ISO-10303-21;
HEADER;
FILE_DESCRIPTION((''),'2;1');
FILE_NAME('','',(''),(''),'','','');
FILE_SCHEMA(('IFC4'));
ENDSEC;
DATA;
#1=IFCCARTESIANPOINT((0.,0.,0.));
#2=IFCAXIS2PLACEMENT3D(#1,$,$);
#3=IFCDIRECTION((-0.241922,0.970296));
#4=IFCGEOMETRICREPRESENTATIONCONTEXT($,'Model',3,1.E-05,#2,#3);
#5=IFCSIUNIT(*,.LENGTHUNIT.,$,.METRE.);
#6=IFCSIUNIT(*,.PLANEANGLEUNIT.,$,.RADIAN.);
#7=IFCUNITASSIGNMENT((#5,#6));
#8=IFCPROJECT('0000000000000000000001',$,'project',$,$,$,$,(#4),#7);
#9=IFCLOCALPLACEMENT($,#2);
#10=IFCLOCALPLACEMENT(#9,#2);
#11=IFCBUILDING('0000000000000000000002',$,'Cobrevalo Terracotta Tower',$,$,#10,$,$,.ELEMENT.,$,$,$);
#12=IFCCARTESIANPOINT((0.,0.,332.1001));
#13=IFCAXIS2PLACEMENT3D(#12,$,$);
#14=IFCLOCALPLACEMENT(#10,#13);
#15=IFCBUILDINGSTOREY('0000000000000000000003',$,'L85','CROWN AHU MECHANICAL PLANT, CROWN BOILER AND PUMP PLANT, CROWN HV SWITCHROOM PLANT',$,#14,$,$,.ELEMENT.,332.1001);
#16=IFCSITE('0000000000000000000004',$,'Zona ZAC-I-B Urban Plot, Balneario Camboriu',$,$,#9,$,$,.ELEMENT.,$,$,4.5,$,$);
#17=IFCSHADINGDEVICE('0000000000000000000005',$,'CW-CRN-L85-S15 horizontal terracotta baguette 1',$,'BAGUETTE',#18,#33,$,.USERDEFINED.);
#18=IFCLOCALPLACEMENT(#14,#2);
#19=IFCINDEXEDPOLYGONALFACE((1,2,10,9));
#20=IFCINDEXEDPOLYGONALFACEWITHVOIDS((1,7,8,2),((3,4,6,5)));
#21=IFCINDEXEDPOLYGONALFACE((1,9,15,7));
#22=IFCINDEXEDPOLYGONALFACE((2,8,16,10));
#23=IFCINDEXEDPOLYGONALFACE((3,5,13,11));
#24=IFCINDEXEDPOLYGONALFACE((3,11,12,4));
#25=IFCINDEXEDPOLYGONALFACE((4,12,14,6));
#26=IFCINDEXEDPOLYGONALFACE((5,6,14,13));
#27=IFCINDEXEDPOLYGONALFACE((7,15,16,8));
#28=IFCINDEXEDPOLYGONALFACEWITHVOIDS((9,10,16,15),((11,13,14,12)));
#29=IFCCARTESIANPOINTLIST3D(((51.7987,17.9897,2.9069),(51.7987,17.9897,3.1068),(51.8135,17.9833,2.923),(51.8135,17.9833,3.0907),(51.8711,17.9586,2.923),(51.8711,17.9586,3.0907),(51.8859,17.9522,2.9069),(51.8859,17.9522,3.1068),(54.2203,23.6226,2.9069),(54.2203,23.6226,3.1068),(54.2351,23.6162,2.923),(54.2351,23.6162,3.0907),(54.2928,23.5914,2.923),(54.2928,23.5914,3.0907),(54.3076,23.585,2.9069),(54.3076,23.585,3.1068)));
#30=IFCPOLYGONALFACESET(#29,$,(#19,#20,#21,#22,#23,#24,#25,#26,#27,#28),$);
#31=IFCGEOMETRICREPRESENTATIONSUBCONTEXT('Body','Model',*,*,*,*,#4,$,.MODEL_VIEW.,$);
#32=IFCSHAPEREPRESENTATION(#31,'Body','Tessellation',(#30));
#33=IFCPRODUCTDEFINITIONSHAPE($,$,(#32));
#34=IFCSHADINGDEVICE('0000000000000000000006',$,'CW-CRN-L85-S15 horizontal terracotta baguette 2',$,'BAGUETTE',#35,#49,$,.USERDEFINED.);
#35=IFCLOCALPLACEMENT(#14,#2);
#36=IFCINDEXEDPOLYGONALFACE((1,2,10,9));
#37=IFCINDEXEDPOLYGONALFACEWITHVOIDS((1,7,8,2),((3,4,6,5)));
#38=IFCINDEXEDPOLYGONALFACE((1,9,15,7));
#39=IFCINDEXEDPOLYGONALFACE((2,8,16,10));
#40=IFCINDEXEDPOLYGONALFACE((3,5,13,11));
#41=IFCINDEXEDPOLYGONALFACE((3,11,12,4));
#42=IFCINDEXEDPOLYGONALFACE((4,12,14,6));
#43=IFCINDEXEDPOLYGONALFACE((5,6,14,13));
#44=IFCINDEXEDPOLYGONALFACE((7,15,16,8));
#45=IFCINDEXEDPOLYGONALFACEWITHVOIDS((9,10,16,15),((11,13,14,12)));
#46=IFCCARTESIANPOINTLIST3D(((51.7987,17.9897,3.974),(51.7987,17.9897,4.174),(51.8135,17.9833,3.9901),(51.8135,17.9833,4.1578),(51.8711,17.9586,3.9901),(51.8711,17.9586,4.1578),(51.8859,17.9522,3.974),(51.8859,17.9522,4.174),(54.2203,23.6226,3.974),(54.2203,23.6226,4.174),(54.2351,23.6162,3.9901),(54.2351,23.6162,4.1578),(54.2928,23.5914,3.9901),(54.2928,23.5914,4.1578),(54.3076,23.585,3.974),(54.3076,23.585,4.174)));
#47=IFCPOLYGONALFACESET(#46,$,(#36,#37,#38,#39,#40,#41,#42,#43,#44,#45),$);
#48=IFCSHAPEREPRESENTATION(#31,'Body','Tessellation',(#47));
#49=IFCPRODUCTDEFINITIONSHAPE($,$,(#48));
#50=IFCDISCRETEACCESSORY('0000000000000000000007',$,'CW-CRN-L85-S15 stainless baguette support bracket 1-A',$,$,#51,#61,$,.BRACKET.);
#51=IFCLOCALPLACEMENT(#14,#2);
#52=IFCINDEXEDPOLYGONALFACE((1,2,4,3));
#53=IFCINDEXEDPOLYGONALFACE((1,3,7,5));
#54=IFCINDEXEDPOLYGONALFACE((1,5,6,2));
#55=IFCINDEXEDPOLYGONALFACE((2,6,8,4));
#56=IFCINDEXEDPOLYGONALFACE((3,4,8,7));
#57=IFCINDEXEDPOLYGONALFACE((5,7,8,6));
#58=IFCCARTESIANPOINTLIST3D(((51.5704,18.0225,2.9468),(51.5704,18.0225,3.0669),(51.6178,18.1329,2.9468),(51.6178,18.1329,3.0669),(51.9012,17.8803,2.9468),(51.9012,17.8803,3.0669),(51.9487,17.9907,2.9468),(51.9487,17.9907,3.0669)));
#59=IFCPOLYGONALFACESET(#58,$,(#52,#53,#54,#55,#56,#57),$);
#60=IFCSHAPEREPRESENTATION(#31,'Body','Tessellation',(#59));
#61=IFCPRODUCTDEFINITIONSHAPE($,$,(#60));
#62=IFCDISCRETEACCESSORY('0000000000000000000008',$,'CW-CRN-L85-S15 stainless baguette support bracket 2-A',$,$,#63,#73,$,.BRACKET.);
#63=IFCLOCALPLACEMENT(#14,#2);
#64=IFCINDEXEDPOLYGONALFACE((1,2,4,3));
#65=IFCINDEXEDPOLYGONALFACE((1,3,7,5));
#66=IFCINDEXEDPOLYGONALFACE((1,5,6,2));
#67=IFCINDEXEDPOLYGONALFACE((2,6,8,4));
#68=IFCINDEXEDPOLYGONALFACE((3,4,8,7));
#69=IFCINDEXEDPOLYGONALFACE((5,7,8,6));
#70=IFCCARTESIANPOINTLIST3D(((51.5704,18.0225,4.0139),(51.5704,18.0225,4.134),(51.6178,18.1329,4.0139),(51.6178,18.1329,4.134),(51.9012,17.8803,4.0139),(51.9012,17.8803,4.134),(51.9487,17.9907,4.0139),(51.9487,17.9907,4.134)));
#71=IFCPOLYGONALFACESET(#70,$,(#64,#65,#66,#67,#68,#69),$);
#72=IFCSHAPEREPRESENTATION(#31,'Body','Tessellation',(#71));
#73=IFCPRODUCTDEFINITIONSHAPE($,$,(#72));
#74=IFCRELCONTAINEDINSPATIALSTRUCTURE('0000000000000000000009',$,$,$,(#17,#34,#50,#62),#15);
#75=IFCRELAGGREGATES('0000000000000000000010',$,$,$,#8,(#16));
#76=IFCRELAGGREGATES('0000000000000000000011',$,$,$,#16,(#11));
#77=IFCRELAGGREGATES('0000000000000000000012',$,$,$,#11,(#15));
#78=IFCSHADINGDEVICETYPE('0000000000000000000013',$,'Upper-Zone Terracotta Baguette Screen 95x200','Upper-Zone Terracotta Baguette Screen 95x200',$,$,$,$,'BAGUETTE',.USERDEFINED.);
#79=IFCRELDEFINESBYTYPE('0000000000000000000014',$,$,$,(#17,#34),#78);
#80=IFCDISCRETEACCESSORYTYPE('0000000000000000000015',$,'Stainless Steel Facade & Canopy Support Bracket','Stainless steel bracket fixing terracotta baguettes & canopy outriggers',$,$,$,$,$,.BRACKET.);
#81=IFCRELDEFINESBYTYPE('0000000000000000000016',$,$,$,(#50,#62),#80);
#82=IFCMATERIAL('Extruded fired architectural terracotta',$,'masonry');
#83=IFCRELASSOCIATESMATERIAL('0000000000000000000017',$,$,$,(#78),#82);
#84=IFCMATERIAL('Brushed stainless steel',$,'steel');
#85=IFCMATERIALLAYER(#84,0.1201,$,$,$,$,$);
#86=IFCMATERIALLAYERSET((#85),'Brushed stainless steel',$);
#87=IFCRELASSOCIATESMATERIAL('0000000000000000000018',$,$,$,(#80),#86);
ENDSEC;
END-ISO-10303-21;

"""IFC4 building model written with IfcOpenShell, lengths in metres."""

from ifc_helpers import new_model, si_unit, direction, frame, origin, origin_2d, place, context, subcontext, project, spatial, rectangle, hollow_rectangle, extrude, source, transform, mapped, material, layer, layer_set, material_profile, profile_set, type_object, element, save


model = new_model("IFC4")

# Units and contexts
model_context = context("Model", 3, precision=1e-05, world=origin(), true_north=direction((-0.241922, 0.970296)))
body_context = subcontext(model_context, "Body", "Model", "MODEL_VIEW")
ifc_project = project(units=[si_unit("LENGTHUNIT", "METRE"), si_unit("PLANEANGLEUNIT", "RADIAN")], contexts=[model_context])

# Site, building, storey
site_placement = place(None, origin())
site = spatial("IfcSite", under=ifc_project, at=site_placement, Name="Zona ZAC-I-B Urban Plot, Balneario Camboriu", CompositionType="ELEMENT", RefElevation=4.5)
building_placement = place(site_placement, origin())
building = spatial("IfcBuilding", under=site, at=building_placement, Name="Cobrevalo Terracotta Tower", CompositionType="ELEMENT")
storey_placement = place(building_placement, frame((0.0, 0.0, 332.1001)))
storey = spatial("IfcBuildingStorey", under=building, at=storey_placement, Name="L85", Description="CROWN AHU MECHANICAL PLANT, CROWN BOILER AND PUMP PLANT, CROWN HV SWITCHROOM PLANT", CompositionType="ELEMENT", Elevation=332.1001)

# Shading devices
ifc_material_1 = material(Name="Extruded fired architectural terracotta", Category="masonry")
ifc_material_profile_1 = material_profile(ifc_material_1, hollow_rectangle(XDim=0.095, YDim=0.2, WallThickness=0.0161, at=origin_2d()), Name="BAGUETTE 95x200")
ifc_profile_set_1 = profile_set([ifc_material_profile_1], Name="Extruded fired architectural terracotta")
shading_device_type = type_object("IfcShadingDeviceType", Name="Upper-Zone Terracotta Baguette Screen 95x200", Description="Upper-Zone Terracotta Baguette Screen 95x200", ElementType="BAGUETTE", PredefinedType="USERDEFINED", material=ifc_profile_set_1)
shared_shape_1 = source(origin(), body_context, "Body", "SweptSolid", [
    extrude(hollow_rectangle(XDim=0.095, YDim=0.2, WallThickness=0.0161, at=origin_2d()), origin(), (0.0, 0.0, 1.0), 6.1313),
])
for number, where, z_axis, x_axis, name in (
    (1, (51.8423, 17.9709, 3.0068), (0.394962, 0.918698, 0.0), (-0.918698, 0.394962, 0.0), "CW-CRN-L85-S15 horizontal terracotta baguette 1"),
    (2, (51.8423, 17.9709, 4.074), (0.394962, 0.918698, 0.0), (-0.918698, 0.394962, 0.0), "CW-CRN-L85-S15 horizontal terracotta baguette 2"),
):
    element("IfcShadingDevice", number, at=place(storey_placement, frame(where, z_axis=z_axis, x_axis=x_axis)), inside=storey, type_object=shading_device_type, Name=name, ObjectType="BAGUETTE", PredefinedType="USERDEFINED", context=body_context, shape_type="MappedRepresentation", body=[
        mapped(shared_shape_1, transform((0.0, 0.0, 0.0), scale=1.0)),
    ])

# Discrete accessories
ifc_material_2 = material(Name="Brushed stainless steel", Category="steel")
ifc_layer_1 = layer(ifc_material_2, 0.1201)
ifc_layer_set_1 = layer_set([ifc_layer_1], Name="Brushed stainless steel")
discrete_accessory_type = type_object("IfcDiscreteAccessoryType", Name="Stainless Steel Facade & Canopy Support Bracket", Description="Stainless steel bracket fixing terracotta baguettes & canopy outriggers", PredefinedType="BRACKET", material=ifc_layer_set_1)
shared_shape_2 = source(origin(), body_context, "Body", "SweptSolid", [
    extrude(rectangle(XDim=0.1201, YDim=0.3601, at=origin_2d()), origin(), (0.0, 0.0, 1.0), 0.1201),
])
for number, where, z_axis, x_axis, name in (
    (3, (51.7595, 18.0066, 2.9468), (0.0, 0.0, 1.0), (0.39496, 0.918698, 0.0), "CW-CRN-L85-S15 stainless baguette support bracket 1-A"),
    (4, (51.7595, 18.0066, 4.0139), (0.0, 0.0, 1.0), (0.39496, 0.918698, 0.0), "CW-CRN-L85-S15 stainless baguette support bracket 2-A"),
):
    element("IfcDiscreteAccessory", number, at=place(storey_placement, frame(where, z_axis=z_axis, x_axis=x_axis)), inside=storey, type_object=discrete_accessory_type, Name=name, PredefinedType="BRACKET", context=body_context, shape_type="MappedRepresentation", body=[
        mapped(shared_shape_2, transform((0.0, 0.0, 0.0), scale=1.0)),
    ])

save(model, "model.ifc")
